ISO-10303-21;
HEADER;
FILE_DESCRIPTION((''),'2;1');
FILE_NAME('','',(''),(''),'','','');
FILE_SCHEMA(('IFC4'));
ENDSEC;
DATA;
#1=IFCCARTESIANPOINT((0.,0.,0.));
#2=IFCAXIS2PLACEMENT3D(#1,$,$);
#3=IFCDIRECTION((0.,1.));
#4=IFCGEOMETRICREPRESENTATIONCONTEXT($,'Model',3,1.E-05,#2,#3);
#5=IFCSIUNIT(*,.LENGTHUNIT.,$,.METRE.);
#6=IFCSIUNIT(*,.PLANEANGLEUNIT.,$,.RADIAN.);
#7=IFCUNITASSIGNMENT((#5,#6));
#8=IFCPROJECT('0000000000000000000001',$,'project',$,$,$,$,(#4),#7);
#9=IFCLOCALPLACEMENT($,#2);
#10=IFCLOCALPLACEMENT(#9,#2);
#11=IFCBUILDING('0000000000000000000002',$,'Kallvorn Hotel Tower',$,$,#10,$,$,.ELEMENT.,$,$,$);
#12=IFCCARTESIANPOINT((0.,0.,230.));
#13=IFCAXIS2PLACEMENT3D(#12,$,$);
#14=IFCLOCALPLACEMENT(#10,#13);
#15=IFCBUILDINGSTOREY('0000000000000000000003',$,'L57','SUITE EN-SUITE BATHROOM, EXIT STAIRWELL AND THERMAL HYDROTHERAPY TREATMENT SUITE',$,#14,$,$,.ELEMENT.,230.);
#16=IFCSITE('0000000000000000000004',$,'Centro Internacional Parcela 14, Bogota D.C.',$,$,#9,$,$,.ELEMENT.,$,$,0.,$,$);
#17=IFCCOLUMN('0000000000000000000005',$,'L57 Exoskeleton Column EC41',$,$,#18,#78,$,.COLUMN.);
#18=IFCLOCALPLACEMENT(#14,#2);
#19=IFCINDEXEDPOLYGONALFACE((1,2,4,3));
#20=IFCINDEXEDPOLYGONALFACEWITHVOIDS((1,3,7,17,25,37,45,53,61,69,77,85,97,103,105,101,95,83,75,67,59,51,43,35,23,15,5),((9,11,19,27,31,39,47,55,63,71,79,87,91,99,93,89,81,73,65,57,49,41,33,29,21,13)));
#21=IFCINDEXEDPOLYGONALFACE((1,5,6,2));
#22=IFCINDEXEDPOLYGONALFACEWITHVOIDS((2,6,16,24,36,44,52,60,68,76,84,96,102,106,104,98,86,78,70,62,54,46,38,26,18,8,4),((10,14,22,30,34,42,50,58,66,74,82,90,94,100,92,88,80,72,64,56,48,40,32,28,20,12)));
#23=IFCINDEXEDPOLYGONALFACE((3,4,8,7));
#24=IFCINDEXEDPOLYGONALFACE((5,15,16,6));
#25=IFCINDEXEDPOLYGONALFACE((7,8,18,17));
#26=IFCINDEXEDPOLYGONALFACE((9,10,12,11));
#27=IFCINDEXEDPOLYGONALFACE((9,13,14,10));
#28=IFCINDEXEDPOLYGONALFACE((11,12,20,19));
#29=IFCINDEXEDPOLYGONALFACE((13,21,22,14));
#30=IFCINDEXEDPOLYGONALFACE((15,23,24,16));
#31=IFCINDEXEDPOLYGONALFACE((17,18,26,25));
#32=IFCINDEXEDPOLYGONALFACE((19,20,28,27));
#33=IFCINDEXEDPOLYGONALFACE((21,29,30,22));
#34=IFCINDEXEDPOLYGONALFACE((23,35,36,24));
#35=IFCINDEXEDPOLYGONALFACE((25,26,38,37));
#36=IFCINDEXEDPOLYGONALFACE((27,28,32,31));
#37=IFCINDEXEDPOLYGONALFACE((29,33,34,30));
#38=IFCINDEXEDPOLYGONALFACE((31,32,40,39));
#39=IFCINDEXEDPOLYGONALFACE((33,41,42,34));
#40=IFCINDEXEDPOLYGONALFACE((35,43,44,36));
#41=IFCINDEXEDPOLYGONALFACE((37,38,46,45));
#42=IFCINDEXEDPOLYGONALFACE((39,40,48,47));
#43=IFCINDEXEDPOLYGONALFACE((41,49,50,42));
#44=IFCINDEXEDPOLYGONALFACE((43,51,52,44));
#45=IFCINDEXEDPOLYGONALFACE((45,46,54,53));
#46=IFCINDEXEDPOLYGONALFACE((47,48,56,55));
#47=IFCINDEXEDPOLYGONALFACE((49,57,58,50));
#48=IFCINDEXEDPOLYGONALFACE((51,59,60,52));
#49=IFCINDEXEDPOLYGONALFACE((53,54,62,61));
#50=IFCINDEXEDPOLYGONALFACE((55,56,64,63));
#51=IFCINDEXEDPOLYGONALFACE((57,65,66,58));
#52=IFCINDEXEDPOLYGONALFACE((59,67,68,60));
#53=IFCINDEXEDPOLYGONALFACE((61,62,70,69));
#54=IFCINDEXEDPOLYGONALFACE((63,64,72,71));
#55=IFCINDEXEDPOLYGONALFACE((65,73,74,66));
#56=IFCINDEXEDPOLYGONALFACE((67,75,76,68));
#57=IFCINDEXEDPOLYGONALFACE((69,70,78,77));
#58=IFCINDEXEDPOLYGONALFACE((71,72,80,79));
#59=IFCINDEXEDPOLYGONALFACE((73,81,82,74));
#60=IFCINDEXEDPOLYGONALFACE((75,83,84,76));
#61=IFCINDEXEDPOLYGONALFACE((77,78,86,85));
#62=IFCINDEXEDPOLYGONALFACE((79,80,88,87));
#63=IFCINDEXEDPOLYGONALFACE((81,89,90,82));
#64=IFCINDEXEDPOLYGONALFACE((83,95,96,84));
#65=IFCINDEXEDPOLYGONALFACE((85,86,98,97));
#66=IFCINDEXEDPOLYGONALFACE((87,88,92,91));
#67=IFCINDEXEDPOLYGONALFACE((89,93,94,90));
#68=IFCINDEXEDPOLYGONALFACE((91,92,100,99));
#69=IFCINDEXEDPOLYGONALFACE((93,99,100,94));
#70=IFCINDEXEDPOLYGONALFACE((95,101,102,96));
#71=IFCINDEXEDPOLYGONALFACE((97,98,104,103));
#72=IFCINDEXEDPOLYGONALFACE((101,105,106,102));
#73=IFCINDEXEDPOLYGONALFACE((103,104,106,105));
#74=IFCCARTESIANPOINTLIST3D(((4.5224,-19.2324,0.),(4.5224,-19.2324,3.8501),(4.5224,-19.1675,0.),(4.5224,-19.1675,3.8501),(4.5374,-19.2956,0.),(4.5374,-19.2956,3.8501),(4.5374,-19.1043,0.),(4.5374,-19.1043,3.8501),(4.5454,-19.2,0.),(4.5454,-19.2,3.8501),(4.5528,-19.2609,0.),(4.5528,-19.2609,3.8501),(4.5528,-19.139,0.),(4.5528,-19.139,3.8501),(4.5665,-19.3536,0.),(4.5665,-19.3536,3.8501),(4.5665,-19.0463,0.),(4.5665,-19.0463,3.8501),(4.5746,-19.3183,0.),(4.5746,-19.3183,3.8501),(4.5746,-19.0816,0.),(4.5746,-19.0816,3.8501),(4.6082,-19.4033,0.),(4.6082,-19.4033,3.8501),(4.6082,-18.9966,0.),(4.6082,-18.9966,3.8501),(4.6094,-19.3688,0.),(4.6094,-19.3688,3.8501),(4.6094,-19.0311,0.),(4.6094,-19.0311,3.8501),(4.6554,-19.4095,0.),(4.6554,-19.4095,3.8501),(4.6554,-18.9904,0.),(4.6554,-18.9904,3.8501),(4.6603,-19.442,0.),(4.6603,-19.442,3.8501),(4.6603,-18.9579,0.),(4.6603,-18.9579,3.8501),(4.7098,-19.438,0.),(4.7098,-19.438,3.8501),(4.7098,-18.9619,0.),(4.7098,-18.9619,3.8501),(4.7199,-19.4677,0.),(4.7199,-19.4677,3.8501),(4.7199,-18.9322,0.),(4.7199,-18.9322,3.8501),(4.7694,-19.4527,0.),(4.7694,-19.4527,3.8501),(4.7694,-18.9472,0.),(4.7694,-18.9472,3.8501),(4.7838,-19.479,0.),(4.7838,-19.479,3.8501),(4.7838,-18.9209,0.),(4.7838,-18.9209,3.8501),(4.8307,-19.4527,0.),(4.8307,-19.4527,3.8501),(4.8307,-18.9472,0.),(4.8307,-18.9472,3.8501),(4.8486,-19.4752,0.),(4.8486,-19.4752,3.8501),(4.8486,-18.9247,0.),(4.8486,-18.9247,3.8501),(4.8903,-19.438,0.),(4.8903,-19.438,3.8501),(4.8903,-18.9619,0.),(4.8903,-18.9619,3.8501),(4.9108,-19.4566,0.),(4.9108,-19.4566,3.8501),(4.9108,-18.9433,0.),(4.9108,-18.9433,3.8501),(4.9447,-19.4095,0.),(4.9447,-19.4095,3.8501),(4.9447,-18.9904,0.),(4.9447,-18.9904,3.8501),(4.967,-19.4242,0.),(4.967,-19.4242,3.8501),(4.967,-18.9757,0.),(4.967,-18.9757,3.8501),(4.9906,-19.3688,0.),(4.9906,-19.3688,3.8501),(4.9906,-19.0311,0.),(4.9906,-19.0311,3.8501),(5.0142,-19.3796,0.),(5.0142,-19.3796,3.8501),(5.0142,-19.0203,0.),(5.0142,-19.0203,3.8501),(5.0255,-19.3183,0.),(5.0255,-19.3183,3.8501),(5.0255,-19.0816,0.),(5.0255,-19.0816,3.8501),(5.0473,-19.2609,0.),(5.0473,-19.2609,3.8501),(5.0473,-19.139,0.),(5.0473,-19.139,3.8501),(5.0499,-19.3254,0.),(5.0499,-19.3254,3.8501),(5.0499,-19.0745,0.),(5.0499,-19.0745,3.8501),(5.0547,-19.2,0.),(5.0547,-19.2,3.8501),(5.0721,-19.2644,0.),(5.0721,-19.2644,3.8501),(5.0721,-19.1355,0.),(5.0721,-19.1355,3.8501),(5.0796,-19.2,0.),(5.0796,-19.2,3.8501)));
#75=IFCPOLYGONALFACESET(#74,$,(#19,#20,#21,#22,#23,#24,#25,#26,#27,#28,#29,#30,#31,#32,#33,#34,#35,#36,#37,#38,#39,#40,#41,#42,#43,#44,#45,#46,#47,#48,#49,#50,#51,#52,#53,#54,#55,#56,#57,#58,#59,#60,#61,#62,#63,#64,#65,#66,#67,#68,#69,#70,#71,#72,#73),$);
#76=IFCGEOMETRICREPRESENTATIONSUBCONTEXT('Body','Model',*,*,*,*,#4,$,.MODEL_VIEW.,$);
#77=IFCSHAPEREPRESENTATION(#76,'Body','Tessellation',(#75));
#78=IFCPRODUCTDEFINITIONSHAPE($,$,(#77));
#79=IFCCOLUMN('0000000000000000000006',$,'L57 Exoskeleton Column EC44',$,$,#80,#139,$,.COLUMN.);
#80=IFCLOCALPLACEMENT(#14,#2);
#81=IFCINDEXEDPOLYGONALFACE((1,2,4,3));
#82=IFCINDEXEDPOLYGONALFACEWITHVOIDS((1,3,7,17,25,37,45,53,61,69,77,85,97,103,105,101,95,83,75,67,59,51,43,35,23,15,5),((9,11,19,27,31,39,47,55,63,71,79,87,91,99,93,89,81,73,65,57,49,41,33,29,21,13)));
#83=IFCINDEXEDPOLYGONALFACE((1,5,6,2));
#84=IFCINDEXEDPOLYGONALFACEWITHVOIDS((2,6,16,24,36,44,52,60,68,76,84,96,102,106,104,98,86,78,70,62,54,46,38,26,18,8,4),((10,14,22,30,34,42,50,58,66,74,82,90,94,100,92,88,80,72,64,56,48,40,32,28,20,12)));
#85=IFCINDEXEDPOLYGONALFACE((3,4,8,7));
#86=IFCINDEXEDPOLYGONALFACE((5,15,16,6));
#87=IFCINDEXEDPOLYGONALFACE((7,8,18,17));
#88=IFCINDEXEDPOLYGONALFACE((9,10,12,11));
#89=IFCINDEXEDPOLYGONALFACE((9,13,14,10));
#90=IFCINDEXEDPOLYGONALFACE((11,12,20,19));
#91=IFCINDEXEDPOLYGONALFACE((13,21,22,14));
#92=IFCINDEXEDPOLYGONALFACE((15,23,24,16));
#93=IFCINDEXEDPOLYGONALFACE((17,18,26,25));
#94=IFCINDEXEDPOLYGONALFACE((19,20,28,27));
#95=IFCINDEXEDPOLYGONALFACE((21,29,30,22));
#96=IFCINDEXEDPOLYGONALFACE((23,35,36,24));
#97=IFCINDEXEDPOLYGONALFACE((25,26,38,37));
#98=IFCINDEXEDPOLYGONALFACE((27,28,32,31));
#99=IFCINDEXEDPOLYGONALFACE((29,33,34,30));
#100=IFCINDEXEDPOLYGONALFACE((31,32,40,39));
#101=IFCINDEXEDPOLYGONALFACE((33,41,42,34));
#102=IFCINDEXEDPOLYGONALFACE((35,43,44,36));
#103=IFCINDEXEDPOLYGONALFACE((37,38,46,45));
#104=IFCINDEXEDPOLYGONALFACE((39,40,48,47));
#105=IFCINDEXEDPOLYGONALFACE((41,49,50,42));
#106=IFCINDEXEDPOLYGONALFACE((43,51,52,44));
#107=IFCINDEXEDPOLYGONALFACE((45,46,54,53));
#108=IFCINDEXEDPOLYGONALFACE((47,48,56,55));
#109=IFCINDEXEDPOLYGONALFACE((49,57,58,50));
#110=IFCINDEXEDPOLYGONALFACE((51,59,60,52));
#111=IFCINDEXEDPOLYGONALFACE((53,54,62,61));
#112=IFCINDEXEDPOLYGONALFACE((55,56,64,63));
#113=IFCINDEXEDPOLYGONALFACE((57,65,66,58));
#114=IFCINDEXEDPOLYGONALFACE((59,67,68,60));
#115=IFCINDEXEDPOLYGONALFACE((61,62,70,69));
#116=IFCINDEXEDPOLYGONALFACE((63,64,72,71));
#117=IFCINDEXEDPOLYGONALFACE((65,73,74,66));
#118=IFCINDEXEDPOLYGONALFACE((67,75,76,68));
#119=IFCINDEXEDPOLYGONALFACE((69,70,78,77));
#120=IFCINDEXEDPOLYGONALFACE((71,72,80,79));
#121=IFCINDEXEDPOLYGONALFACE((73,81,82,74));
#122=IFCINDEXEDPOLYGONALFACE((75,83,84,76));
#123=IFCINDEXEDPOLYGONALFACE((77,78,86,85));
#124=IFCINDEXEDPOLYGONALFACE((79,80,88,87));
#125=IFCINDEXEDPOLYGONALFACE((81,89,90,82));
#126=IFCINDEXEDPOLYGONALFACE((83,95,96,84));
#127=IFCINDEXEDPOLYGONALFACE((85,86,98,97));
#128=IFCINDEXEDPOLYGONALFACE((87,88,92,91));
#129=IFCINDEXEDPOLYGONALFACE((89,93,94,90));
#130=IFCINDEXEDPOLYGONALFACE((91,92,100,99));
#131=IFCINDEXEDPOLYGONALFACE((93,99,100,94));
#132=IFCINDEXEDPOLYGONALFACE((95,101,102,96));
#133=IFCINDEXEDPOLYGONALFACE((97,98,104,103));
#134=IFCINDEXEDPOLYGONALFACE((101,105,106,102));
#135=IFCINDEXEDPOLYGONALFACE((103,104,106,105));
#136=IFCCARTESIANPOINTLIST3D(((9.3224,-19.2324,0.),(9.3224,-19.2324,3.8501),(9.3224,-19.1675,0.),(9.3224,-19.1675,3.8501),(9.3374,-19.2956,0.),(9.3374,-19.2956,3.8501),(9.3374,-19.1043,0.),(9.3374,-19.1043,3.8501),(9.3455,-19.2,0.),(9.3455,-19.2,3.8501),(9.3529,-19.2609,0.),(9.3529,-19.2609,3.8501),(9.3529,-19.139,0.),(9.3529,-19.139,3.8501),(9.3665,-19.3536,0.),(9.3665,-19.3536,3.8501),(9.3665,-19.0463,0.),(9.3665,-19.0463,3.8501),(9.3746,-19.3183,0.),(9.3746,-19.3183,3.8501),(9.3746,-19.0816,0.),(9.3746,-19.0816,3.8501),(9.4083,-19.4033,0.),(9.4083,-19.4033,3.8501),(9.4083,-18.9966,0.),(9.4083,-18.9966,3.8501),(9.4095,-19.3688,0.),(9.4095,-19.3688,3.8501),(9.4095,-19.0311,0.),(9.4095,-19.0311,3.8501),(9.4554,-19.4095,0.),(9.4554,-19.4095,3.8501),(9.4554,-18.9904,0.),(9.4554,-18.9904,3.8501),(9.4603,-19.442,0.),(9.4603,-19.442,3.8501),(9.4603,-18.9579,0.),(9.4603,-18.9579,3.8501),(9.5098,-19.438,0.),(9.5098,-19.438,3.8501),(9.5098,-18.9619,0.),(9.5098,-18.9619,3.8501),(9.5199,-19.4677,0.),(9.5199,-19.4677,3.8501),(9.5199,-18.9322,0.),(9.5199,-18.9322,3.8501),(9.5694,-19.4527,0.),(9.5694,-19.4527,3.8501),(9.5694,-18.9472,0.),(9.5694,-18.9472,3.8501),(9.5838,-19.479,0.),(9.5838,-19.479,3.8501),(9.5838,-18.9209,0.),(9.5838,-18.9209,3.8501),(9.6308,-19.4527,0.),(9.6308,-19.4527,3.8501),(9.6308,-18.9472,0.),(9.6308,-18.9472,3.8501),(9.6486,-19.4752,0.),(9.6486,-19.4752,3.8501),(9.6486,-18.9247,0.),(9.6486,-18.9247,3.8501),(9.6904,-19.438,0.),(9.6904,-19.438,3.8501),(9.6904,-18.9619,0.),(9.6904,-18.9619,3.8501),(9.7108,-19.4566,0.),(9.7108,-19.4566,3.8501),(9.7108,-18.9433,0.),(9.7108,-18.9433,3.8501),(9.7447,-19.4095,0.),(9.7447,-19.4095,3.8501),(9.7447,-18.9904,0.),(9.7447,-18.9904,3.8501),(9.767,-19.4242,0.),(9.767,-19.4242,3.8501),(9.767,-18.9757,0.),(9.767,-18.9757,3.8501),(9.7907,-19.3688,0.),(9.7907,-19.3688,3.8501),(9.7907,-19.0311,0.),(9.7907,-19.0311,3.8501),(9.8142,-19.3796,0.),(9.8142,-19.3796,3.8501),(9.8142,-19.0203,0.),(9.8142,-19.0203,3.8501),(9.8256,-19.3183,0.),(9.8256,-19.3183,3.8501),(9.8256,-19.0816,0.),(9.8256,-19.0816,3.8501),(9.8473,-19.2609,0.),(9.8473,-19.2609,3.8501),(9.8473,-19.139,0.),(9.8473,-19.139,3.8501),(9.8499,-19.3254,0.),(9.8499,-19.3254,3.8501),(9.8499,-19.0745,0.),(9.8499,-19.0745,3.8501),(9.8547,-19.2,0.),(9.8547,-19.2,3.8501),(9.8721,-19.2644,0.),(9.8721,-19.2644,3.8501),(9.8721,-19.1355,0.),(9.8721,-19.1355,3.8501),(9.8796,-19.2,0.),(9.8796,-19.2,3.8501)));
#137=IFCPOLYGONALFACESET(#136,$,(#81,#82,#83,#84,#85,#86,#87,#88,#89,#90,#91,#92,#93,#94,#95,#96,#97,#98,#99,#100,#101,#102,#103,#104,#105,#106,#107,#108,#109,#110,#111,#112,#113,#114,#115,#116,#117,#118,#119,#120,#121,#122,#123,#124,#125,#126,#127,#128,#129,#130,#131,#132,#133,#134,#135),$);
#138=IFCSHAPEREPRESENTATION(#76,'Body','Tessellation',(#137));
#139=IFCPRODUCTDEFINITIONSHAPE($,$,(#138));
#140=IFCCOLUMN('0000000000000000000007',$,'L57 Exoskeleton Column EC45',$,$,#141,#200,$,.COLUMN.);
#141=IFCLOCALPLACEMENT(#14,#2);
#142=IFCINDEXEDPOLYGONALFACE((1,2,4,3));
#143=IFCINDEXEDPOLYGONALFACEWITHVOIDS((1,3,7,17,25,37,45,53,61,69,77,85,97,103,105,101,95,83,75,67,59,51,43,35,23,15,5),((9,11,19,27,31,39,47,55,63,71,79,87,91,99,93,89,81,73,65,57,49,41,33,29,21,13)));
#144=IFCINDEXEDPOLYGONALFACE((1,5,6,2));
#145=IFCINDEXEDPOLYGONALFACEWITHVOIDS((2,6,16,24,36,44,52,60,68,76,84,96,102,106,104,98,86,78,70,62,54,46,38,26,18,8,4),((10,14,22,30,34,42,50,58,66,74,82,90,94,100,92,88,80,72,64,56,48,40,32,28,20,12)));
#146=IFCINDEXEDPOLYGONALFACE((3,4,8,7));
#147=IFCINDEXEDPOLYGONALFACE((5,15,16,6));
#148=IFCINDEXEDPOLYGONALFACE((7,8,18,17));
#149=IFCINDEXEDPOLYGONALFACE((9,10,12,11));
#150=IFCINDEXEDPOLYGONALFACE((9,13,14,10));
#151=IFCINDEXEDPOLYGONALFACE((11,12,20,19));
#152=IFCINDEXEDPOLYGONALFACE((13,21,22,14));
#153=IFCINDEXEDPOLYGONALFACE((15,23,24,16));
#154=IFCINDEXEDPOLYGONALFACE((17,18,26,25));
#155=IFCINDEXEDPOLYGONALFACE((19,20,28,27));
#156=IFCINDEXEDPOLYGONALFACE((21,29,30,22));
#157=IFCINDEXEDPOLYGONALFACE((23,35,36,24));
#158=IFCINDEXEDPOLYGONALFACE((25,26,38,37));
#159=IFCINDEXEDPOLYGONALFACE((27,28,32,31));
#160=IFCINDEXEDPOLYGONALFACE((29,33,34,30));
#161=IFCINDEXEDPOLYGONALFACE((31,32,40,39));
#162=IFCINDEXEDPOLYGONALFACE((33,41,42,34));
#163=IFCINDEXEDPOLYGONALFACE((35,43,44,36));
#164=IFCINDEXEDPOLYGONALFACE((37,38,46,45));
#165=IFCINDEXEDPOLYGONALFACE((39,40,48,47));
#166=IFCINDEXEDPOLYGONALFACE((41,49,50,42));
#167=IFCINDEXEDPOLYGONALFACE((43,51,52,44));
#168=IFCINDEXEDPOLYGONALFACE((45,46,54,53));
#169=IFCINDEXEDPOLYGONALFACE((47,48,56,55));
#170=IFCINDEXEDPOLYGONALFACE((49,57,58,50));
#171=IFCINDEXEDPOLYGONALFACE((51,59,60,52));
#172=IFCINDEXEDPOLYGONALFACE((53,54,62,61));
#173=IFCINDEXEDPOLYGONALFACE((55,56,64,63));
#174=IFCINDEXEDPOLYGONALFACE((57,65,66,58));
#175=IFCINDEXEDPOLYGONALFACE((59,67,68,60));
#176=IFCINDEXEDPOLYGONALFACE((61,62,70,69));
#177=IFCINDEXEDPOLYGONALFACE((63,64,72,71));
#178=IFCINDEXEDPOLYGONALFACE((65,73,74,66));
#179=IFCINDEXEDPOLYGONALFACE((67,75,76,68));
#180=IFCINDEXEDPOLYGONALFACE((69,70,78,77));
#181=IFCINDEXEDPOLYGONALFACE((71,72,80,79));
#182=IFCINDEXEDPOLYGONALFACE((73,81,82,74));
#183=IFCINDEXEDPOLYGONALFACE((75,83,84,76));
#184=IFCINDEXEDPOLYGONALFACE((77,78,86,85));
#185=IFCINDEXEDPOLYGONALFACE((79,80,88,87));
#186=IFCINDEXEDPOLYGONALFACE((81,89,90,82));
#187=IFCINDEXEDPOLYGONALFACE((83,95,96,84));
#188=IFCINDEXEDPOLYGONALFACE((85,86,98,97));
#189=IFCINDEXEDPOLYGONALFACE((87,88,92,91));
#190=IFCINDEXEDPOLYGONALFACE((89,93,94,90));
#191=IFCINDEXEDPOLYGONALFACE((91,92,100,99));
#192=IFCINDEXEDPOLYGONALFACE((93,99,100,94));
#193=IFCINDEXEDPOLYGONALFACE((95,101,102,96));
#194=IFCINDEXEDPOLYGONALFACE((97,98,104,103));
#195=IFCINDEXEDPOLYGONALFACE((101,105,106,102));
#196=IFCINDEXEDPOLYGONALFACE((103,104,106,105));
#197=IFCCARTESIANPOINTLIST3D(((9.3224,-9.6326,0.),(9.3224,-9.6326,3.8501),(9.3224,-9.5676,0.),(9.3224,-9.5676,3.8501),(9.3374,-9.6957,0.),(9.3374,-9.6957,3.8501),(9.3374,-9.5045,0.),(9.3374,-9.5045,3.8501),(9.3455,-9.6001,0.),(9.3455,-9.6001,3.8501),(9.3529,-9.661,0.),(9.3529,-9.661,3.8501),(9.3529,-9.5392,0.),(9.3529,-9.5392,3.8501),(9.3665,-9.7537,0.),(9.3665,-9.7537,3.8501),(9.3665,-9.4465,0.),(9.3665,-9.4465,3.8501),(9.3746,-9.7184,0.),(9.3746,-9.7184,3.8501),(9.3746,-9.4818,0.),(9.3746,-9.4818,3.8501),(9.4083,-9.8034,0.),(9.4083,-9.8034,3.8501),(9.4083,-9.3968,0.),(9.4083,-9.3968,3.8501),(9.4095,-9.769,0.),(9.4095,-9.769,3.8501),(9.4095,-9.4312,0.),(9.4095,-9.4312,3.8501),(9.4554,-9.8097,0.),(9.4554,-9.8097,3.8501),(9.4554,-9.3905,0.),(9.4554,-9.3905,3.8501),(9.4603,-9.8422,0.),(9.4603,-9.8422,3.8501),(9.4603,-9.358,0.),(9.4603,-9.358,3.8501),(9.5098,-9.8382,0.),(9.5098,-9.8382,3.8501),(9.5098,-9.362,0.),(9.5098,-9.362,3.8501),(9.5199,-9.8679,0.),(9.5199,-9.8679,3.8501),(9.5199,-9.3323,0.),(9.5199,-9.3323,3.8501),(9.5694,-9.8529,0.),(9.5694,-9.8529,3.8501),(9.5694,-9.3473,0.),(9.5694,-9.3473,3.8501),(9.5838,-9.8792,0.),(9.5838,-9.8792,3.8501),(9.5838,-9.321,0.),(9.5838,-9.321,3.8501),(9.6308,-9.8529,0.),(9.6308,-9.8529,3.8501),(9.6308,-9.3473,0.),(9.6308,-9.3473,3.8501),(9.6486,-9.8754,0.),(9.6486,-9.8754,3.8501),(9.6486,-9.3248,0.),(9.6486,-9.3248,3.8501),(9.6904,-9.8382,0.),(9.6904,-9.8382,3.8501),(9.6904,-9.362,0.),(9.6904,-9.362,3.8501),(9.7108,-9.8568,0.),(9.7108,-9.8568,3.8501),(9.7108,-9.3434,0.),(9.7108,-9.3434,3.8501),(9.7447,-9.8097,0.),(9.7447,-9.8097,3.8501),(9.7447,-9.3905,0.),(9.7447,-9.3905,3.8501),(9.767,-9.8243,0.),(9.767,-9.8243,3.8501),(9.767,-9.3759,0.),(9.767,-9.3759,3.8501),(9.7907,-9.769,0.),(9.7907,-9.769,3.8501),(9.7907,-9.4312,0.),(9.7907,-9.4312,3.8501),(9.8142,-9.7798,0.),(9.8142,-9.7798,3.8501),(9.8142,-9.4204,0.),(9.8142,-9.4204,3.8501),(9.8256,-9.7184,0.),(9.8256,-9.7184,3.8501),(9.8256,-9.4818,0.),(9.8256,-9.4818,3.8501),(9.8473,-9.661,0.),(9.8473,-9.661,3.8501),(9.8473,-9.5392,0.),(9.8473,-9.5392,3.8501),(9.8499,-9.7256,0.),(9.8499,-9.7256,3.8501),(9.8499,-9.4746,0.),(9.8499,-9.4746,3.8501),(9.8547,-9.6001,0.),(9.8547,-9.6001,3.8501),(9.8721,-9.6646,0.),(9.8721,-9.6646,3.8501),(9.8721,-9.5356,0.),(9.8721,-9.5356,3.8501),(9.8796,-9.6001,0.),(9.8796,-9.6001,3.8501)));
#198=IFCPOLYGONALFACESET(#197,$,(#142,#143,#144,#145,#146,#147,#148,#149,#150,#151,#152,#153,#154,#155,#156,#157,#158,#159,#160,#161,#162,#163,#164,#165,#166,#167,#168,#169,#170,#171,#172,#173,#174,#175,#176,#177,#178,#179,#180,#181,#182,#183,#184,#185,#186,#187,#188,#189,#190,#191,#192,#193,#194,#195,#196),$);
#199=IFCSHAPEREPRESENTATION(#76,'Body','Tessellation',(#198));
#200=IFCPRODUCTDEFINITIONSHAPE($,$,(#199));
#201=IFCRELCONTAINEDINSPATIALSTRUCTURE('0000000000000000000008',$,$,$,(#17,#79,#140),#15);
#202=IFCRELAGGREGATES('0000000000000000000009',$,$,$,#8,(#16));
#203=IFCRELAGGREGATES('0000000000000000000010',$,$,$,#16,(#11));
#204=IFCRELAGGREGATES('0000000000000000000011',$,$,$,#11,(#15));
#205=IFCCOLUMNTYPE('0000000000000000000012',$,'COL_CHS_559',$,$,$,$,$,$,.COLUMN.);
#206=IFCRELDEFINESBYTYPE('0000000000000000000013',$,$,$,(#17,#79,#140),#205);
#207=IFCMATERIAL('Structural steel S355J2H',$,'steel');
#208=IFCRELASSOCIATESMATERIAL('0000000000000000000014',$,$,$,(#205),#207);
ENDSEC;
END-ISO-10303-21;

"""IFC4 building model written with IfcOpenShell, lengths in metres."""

from ifc_helpers import new_model, si_unit, direction, frame, origin, origin_2d, place, context, subcontext, project, spatial, hollow_circle, extrude, material, material_profile, profile_set, type_object, element, save


model = new_model("IFC4")

# Units and contexts
model_context = context("Model", 3, precision=1e-05, world=origin(), true_north=direction((0.0, 1.0)))
body_context = subcontext(model_context, "Body", "Model", "MODEL_VIEW")
ifc_project = project(units=[si_unit("LENGTHUNIT", "METRE"), si_unit("PLANEANGLEUNIT", "RADIAN")], contexts=[model_context])

# Site, building, storey
site_placement = place(None, origin())
site = spatial("IfcSite", under=ifc_project, at=site_placement, Name="Centro Internacional Parcela 14, Bogota D.C.", CompositionType="ELEMENT", RefElevation=0.0)
building_placement = place(site_placement, origin())
building = spatial("IfcBuilding", under=site, at=building_placement, Name="Kallvorn Hotel Tower", CompositionType="ELEMENT")
storey_placement = place(building_placement, frame((0.0, 0.0, 230.0)))
storey = spatial("IfcBuildingStorey", under=building, at=storey_placement, Name="L57", Description="SUITE EN-SUITE BATHROOM, EXIT STAIRWELL AND THERMAL HYDROTHERAPY TREATMENT SUITE", CompositionType="ELEMENT", Elevation=230.0)

# Columns
ifc_material_1 = material(Name="Structural steel S355J2H", Category="steel")
ifc_material_profile_1 = material_profile(ifc_material_1, hollow_circle(Radius=0.2795, WallThickness=0.0249, at=origin_2d()), Name="CHS 559x25")
ifc_profile_set_1 = profile_set([ifc_material_profile_1], Name="Structural steel S355J2H")
column_type_1 = type_object("IfcColumnType", Name="COL_CHS_559", PredefinedType="COLUMN", material=ifc_profile_set_1)
for number, where, z_axis, x_axis, name in (
    (1, (4.8, -19.2, 0.0), (0.0, 0.0, 1.0), (1.0, 0.0, 0.0), "L57 Exoskeleton Column EC41"),
    (2, (9.6001, -19.2, 0.0), (0.0, 0.0, 1.0), (1.0, 0.0, 0.0), "L57 Exoskeleton Column EC44"),
    (3, (9.6001, -9.6001, 0.0), (0.0, 0.0, 1.0), (1.0, 0.0, 0.0), "L57 Exoskeleton Column EC45"),
):
    element("IfcColumn", number, at=place(storey_placement, frame(where, z_axis=z_axis, x_axis=x_axis)), inside=storey, type_object=column_type_1, Name=name, PredefinedType="COLUMN", context=body_context, shape_type="SweptSolid", body=[
        extrude(hollow_circle(Radius=0.2795, WallThickness=0.0249, at=origin_2d()), origin(), (0.0, 0.0, 1.0), 3.8501),
    ])

save(model, "model.ifc")
